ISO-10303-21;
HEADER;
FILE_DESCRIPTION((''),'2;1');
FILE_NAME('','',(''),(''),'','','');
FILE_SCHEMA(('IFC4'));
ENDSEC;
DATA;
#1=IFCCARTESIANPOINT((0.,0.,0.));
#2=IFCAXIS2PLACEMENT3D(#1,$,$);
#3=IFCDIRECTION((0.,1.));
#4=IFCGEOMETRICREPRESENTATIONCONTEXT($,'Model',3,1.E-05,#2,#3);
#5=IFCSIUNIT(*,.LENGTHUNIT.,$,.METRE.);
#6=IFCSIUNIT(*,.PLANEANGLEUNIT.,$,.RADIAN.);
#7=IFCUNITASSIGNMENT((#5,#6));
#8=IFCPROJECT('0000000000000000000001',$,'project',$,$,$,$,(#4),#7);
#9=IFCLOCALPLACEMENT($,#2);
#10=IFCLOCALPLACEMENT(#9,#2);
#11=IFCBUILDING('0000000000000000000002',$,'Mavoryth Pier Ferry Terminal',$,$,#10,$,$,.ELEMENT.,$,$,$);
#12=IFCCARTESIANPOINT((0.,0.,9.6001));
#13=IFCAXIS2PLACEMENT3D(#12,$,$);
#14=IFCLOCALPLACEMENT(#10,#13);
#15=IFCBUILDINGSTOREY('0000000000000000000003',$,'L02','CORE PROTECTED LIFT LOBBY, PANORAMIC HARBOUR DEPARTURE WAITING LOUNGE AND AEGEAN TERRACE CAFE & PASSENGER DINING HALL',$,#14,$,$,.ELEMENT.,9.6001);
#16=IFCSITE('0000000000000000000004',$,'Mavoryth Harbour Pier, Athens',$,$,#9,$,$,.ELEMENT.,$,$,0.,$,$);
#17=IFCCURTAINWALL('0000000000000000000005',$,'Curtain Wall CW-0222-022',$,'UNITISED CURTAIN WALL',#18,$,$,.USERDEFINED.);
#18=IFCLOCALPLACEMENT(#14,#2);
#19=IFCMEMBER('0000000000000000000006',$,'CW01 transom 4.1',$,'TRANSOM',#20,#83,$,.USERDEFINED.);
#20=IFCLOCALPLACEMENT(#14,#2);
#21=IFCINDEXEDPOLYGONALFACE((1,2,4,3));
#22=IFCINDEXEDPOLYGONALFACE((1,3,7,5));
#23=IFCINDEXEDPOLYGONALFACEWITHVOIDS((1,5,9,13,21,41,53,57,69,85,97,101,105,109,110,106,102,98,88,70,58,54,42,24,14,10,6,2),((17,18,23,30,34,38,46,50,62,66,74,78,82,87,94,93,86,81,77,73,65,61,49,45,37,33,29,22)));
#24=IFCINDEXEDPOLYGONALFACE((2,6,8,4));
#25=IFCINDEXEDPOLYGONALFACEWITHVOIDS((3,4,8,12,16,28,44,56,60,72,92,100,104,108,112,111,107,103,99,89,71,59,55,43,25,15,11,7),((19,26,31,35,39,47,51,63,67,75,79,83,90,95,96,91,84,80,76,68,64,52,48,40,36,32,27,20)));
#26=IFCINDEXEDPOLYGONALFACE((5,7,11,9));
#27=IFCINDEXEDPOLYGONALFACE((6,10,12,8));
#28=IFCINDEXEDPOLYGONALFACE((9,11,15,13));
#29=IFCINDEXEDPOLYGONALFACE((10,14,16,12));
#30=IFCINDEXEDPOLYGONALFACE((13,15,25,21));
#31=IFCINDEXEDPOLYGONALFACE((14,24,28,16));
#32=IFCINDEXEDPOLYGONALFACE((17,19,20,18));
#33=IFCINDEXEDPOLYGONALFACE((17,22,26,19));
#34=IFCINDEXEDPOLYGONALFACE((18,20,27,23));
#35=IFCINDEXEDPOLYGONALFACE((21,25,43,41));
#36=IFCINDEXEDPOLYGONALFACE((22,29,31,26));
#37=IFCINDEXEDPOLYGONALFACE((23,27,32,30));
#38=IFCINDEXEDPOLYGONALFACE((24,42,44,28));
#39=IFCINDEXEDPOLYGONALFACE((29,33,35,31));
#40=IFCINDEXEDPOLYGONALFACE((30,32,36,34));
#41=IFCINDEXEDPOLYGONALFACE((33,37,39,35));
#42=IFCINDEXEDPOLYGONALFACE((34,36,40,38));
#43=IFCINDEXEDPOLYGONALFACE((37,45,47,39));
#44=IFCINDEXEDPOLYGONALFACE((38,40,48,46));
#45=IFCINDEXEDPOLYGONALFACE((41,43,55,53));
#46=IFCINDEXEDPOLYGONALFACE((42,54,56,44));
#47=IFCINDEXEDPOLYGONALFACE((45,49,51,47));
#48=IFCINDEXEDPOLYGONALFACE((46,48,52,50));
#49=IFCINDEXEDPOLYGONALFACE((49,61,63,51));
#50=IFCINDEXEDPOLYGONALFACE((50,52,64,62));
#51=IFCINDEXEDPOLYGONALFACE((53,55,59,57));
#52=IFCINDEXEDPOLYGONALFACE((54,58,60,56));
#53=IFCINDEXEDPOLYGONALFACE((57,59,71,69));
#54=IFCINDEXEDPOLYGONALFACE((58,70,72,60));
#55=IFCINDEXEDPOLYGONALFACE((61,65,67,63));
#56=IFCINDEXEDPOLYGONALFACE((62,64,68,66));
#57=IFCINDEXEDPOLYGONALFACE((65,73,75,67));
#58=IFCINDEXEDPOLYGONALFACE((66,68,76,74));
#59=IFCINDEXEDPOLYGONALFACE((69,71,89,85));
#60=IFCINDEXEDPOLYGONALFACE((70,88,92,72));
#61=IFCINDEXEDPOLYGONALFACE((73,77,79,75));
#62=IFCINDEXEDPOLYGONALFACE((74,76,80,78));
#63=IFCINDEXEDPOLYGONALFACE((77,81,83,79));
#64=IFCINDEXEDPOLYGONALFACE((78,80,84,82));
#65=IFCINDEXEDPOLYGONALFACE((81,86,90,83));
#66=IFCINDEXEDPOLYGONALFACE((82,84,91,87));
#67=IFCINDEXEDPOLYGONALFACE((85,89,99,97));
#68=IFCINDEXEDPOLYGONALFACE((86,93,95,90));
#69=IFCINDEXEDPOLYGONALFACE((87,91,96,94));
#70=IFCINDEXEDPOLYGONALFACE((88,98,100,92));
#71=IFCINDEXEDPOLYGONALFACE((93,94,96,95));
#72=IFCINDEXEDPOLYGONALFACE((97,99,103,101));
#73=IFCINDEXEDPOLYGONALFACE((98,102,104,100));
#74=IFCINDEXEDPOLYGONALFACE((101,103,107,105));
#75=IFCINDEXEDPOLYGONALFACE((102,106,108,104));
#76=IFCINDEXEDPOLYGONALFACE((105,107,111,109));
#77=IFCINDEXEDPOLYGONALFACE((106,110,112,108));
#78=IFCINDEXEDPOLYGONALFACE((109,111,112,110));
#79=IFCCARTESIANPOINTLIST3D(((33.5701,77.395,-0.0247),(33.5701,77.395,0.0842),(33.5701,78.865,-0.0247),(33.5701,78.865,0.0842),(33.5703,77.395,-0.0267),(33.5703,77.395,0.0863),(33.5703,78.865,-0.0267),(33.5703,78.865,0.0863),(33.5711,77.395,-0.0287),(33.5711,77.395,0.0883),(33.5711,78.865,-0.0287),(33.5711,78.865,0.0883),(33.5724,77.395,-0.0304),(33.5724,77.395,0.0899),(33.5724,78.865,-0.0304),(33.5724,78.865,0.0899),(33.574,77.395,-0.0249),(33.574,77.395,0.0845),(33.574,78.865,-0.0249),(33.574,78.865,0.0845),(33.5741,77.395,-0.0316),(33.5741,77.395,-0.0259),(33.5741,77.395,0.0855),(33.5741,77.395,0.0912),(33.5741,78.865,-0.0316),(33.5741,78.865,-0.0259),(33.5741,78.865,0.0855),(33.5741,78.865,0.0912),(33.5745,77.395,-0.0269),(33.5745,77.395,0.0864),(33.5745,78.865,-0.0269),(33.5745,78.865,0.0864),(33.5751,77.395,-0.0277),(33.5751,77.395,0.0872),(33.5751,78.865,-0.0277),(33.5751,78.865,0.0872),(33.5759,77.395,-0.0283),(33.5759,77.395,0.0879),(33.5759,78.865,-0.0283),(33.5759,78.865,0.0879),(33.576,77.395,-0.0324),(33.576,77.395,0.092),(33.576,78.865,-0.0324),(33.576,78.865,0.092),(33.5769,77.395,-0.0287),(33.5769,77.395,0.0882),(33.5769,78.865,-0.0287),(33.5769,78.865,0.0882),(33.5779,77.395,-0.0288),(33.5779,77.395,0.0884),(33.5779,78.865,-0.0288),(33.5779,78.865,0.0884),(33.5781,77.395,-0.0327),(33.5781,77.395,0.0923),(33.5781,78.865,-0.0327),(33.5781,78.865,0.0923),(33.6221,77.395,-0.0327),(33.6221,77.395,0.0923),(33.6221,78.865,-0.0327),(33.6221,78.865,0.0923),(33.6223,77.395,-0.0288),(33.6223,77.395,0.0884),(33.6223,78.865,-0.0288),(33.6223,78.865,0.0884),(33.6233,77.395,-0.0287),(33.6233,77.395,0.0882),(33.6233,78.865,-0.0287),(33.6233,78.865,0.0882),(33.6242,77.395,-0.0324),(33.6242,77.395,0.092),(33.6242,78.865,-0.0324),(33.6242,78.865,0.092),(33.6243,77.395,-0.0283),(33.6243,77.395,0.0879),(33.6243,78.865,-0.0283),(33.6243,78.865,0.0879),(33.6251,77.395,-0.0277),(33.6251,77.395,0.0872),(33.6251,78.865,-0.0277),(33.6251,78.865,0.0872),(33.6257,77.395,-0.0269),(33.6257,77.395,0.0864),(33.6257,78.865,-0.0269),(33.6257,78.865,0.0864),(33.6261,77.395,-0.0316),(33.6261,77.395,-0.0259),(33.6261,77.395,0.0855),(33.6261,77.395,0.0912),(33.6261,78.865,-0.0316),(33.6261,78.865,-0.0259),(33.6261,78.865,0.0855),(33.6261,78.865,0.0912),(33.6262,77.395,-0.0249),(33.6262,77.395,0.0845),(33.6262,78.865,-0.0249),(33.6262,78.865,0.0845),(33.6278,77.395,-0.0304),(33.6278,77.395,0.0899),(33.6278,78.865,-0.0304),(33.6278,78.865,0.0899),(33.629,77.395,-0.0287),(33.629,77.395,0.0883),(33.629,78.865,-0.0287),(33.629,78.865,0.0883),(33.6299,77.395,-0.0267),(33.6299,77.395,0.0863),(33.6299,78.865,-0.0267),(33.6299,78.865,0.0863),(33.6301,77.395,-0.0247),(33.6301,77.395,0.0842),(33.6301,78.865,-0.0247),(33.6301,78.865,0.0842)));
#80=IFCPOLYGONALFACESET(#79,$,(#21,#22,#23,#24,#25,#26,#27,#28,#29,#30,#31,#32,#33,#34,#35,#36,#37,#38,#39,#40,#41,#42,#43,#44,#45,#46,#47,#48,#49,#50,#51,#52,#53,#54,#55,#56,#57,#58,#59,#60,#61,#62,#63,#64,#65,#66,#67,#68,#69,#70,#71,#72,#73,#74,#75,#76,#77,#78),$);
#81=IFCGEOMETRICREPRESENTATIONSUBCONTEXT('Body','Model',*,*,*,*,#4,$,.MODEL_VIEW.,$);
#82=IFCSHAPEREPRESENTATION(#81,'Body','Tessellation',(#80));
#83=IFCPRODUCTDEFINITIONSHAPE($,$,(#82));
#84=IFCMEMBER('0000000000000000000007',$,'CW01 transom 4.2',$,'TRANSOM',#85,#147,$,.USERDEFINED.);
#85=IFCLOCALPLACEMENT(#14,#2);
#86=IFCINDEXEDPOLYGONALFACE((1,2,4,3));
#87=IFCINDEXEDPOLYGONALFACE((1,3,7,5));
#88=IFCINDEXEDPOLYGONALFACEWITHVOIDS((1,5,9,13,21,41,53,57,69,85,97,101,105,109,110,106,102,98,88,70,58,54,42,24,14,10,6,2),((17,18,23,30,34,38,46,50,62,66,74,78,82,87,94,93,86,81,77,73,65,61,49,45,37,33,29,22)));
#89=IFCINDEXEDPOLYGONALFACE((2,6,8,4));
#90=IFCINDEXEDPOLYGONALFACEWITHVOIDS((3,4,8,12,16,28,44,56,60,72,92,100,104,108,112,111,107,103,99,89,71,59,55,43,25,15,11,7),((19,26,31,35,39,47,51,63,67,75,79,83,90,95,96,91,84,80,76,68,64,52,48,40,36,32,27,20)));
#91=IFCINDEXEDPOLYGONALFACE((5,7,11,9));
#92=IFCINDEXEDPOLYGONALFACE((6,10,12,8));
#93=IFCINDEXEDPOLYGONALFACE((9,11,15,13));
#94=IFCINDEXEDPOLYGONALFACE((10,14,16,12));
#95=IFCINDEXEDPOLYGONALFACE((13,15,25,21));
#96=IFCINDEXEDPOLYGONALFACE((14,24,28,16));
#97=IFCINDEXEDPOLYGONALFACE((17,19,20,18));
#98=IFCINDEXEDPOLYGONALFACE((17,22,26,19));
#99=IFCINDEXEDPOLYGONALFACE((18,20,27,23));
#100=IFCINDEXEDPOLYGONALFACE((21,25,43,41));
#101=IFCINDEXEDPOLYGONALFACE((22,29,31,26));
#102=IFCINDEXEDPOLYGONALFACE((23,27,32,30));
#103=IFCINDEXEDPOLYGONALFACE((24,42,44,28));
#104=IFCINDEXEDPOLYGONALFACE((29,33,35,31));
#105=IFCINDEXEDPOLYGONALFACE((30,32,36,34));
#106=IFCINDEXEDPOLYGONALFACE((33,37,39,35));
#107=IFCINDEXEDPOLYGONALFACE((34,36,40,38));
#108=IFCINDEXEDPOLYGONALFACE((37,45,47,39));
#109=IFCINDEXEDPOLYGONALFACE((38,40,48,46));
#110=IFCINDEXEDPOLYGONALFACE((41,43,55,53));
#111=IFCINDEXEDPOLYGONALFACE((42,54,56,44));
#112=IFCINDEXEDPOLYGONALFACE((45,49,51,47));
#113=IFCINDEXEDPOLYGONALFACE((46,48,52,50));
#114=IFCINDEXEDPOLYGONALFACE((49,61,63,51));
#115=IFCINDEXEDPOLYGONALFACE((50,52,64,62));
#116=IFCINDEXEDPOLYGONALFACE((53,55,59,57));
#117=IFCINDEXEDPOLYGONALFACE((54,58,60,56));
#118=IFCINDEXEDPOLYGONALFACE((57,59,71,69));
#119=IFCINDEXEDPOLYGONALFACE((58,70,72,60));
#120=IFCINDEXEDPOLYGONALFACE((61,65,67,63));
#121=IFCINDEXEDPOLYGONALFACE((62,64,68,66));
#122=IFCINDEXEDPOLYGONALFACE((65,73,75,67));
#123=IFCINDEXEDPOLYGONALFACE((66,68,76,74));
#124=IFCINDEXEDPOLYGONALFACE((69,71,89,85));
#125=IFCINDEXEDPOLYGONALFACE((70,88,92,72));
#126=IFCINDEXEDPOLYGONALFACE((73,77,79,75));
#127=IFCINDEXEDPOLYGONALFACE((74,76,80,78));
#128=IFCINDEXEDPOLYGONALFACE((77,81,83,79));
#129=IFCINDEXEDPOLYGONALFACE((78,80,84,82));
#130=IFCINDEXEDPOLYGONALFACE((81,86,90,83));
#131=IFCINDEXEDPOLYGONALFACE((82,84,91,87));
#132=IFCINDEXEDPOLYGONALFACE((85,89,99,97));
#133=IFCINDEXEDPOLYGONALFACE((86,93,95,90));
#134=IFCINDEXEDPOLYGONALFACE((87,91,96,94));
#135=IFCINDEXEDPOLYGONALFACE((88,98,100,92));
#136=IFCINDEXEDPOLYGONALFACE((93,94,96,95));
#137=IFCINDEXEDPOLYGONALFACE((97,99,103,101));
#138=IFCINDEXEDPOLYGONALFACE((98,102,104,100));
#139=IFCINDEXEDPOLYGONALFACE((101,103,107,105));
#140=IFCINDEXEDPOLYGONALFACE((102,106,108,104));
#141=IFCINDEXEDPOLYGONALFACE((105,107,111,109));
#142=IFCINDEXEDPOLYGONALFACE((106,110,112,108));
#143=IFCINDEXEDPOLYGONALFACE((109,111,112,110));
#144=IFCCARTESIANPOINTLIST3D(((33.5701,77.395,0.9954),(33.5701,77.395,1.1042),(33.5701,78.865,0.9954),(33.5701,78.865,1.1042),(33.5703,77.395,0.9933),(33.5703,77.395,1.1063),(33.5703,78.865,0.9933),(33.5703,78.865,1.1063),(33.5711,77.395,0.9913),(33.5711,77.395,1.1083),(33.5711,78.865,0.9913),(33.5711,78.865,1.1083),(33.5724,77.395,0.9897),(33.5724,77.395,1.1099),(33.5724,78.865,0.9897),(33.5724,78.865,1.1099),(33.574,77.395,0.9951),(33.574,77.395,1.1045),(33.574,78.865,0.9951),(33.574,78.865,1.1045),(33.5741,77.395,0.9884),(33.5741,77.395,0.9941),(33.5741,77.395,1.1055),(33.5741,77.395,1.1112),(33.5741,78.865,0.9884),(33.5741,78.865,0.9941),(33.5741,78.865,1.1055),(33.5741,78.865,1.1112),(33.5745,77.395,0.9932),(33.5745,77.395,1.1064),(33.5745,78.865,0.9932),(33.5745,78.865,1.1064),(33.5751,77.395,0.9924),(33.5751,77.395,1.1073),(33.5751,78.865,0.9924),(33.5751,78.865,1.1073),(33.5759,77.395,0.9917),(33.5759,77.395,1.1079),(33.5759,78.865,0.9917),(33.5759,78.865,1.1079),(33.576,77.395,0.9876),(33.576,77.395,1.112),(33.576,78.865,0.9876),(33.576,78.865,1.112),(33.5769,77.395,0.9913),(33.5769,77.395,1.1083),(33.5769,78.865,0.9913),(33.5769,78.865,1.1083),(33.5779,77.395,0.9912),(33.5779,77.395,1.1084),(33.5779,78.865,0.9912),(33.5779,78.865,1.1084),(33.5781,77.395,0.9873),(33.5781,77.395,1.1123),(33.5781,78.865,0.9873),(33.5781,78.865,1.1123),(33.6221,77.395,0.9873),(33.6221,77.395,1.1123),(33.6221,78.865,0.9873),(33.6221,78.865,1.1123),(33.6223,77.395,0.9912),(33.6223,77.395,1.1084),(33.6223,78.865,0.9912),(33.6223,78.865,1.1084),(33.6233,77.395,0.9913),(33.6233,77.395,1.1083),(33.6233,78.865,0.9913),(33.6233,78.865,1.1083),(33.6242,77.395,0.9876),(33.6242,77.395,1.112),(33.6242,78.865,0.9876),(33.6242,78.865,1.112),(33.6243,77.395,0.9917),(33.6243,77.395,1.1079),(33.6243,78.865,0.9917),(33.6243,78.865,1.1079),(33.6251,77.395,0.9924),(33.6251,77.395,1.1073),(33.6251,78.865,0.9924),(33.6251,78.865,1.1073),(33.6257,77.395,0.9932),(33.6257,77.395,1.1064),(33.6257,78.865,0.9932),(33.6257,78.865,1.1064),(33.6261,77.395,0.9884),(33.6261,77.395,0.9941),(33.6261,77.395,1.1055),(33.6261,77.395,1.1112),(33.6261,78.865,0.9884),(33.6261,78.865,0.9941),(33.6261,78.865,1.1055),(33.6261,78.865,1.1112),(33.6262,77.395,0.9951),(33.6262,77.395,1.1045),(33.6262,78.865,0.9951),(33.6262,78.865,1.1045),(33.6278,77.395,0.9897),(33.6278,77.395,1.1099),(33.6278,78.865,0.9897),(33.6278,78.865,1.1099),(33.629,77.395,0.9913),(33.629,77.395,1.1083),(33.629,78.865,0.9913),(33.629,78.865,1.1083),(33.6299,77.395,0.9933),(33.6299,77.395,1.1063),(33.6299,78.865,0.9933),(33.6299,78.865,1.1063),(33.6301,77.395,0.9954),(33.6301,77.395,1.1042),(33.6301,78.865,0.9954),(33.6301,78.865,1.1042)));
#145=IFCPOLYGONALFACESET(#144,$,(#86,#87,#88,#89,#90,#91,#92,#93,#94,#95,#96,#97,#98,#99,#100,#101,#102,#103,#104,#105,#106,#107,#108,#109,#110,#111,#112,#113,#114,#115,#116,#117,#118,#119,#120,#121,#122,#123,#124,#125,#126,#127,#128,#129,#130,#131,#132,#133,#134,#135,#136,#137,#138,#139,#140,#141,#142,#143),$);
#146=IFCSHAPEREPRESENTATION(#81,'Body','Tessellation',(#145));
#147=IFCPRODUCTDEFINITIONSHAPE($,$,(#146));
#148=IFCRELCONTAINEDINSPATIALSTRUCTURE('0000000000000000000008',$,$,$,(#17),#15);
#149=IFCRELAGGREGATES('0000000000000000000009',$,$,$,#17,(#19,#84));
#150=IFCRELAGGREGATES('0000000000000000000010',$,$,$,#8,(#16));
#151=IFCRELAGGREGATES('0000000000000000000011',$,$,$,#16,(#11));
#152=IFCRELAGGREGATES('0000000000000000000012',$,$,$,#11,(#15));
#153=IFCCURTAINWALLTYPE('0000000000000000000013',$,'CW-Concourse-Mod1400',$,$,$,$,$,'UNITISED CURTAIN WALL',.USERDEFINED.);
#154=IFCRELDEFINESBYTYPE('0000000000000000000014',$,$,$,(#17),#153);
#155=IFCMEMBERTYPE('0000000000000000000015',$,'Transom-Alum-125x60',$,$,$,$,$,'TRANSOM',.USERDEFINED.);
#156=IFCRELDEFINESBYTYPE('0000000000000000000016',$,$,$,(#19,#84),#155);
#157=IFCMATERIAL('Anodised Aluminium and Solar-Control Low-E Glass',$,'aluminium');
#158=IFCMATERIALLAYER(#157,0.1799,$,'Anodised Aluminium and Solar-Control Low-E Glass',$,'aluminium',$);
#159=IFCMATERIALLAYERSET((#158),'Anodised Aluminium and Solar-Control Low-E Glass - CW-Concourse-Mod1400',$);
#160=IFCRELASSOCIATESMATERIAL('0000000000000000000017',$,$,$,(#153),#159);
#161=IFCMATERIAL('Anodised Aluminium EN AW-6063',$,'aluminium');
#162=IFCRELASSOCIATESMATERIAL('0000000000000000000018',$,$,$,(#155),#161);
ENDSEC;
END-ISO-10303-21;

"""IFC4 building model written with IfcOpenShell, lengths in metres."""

from ifc_helpers import new_model, si_unit, direction, frame, origin, origin_2d, place, context, subcontext, project, spatial, hollow_rectangle, extrude, material, layer, layer_set, material_profile, profile_set, type_object, element, aggregate, save


model = new_model("IFC4")

# Units and contexts
model_context = context("Model", 3, precision=1e-05, world=origin(), true_north=direction((0.0, 1.0)))
body_context = subcontext(model_context, "Body", "Model", "MODEL_VIEW")
ifc_project = project(units=[si_unit("LENGTHUNIT", "METRE"), si_unit("PLANEANGLEUNIT", "RADIAN")], contexts=[model_context])

# Site, building, storey
site_placement = place(None, origin())
site = spatial("IfcSite", under=ifc_project, at=site_placement, Name="Mavoryth Harbour Pier, Athens", CompositionType="ELEMENT", RefElevation=0.0)
building_placement = place(site_placement, origin())
building = spatial("IfcBuilding", under=site, at=building_placement, Name="Mavoryth Pier Ferry Terminal", CompositionType="ELEMENT")
storey_placement = place(building_placement, frame((0.0, 0.0, 9.6001)))
storey = spatial("IfcBuildingStorey", under=building, at=storey_placement, Name="L02", Description="CORE PROTECTED LIFT LOBBY, PANORAMIC HARBOUR DEPARTURE WAITING LOUNGE AND AEGEAN TERRACE CAFE & PASSENGER DINING HALL", CompositionType="ELEMENT", Elevation=9.6001)

# Curtain wall, members
ifc_material_1 = material(Name="Anodised Aluminium and Solar-Control Low-E Glass", Category="aluminium")
ifc_layer_1 = layer(ifc_material_1, 0.1799, Name="Anodised Aluminium and Solar-Control Low-E Glass", Category="aluminium")
ifc_layer_set_1 = layer_set([ifc_layer_1], Name="Anodised Aluminium and Solar-Control Low-E Glass - CW-Concourse-Mod1400")
curtain_wall_type = type_object("IfcCurtainWallType", Name="CW-Concourse-Mod1400", ElementType="UNITISED CURTAIN WALL", PredefinedType="USERDEFINED", material=ifc_layer_set_1)
curtain_wall_placement = place(storey_placement, origin())
curtain_wall = element("IfcCurtainWall", 1, at=curtain_wall_placement, inside=storey, type_object=curtain_wall_type, Name="Curtain Wall CW-0222-022", ObjectType="UNITISED CURTAIN WALL", PredefinedType="USERDEFINED")
ifc_material_2 = material(Name="Anodised Aluminium EN AW-6063", Category="aluminium")
ifc_material_profile_1 = material_profile(ifc_material_2, hollow_rectangle(XDim=0.0601, YDim=0.125, WallThickness=0.0039, InnerFilletRadius=0.0039, OuterFilletRadius=0.0081, at=origin_2d()), Name="AL-TRAN 125x60x4", Category="aluminium")
ifc_profile_set_1 = profile_set([ifc_material_profile_1], Name="Anodised Aluminium EN AW-6063 - AL-TRAN 125x60x4")
member_type_1 = type_object("IfcMemberType", Name="Transom-Alum-125x60", ElementType="TRANSOM", PredefinedType="USERDEFINED", material=ifc_profile_set_1)
member_1_placement = place(storey_placement, frame((33.6001, 77.395, 0.0298), z_axis=(0.0, 1.0, 0.0), x_axis=(-1.0, 0.0, 0.0)))
member_1 = element("IfcMember", 2, at=member_1_placement, type_object=member_type_1, Name="CW01 transom 4.1", ObjectType="TRANSOM", PredefinedType="USERDEFINED", context=body_context, shape_type="SweptSolid", body=[
    extrude(hollow_rectangle(XDim=0.0601, YDim=0.125, WallThickness=0.0039, InnerFilletRadius=0.0039, OuterFilletRadius=0.0081, at=origin_2d()), origin(), (0.0, 0.0, 1.0), 1.47),
])
member_2_placement = place(storey_placement, frame((33.6001, 77.395, 1.0498), z_axis=(0.0, 1.0, 0.0), x_axis=(-1.0, 0.0, 0.0)))
member_2 = element("IfcMember", 3, at=member_2_placement, type_object=member_type_1, Name="CW01 transom 4.2", ObjectType="TRANSOM", PredefinedType="USERDEFINED", context=body_context, shape_type="SweptSolid", body=[
    extrude(hollow_rectangle(XDim=0.0601, YDim=0.125, WallThickness=0.0039, InnerFilletRadius=0.0039, OuterFilletRadius=0.0081, at=origin_2d()), origin(), (0.0, 0.0, 1.0), 1.47),
])
aggregate(curtain_wall, [member_1, member_2])

save(model, "model.ifc")
